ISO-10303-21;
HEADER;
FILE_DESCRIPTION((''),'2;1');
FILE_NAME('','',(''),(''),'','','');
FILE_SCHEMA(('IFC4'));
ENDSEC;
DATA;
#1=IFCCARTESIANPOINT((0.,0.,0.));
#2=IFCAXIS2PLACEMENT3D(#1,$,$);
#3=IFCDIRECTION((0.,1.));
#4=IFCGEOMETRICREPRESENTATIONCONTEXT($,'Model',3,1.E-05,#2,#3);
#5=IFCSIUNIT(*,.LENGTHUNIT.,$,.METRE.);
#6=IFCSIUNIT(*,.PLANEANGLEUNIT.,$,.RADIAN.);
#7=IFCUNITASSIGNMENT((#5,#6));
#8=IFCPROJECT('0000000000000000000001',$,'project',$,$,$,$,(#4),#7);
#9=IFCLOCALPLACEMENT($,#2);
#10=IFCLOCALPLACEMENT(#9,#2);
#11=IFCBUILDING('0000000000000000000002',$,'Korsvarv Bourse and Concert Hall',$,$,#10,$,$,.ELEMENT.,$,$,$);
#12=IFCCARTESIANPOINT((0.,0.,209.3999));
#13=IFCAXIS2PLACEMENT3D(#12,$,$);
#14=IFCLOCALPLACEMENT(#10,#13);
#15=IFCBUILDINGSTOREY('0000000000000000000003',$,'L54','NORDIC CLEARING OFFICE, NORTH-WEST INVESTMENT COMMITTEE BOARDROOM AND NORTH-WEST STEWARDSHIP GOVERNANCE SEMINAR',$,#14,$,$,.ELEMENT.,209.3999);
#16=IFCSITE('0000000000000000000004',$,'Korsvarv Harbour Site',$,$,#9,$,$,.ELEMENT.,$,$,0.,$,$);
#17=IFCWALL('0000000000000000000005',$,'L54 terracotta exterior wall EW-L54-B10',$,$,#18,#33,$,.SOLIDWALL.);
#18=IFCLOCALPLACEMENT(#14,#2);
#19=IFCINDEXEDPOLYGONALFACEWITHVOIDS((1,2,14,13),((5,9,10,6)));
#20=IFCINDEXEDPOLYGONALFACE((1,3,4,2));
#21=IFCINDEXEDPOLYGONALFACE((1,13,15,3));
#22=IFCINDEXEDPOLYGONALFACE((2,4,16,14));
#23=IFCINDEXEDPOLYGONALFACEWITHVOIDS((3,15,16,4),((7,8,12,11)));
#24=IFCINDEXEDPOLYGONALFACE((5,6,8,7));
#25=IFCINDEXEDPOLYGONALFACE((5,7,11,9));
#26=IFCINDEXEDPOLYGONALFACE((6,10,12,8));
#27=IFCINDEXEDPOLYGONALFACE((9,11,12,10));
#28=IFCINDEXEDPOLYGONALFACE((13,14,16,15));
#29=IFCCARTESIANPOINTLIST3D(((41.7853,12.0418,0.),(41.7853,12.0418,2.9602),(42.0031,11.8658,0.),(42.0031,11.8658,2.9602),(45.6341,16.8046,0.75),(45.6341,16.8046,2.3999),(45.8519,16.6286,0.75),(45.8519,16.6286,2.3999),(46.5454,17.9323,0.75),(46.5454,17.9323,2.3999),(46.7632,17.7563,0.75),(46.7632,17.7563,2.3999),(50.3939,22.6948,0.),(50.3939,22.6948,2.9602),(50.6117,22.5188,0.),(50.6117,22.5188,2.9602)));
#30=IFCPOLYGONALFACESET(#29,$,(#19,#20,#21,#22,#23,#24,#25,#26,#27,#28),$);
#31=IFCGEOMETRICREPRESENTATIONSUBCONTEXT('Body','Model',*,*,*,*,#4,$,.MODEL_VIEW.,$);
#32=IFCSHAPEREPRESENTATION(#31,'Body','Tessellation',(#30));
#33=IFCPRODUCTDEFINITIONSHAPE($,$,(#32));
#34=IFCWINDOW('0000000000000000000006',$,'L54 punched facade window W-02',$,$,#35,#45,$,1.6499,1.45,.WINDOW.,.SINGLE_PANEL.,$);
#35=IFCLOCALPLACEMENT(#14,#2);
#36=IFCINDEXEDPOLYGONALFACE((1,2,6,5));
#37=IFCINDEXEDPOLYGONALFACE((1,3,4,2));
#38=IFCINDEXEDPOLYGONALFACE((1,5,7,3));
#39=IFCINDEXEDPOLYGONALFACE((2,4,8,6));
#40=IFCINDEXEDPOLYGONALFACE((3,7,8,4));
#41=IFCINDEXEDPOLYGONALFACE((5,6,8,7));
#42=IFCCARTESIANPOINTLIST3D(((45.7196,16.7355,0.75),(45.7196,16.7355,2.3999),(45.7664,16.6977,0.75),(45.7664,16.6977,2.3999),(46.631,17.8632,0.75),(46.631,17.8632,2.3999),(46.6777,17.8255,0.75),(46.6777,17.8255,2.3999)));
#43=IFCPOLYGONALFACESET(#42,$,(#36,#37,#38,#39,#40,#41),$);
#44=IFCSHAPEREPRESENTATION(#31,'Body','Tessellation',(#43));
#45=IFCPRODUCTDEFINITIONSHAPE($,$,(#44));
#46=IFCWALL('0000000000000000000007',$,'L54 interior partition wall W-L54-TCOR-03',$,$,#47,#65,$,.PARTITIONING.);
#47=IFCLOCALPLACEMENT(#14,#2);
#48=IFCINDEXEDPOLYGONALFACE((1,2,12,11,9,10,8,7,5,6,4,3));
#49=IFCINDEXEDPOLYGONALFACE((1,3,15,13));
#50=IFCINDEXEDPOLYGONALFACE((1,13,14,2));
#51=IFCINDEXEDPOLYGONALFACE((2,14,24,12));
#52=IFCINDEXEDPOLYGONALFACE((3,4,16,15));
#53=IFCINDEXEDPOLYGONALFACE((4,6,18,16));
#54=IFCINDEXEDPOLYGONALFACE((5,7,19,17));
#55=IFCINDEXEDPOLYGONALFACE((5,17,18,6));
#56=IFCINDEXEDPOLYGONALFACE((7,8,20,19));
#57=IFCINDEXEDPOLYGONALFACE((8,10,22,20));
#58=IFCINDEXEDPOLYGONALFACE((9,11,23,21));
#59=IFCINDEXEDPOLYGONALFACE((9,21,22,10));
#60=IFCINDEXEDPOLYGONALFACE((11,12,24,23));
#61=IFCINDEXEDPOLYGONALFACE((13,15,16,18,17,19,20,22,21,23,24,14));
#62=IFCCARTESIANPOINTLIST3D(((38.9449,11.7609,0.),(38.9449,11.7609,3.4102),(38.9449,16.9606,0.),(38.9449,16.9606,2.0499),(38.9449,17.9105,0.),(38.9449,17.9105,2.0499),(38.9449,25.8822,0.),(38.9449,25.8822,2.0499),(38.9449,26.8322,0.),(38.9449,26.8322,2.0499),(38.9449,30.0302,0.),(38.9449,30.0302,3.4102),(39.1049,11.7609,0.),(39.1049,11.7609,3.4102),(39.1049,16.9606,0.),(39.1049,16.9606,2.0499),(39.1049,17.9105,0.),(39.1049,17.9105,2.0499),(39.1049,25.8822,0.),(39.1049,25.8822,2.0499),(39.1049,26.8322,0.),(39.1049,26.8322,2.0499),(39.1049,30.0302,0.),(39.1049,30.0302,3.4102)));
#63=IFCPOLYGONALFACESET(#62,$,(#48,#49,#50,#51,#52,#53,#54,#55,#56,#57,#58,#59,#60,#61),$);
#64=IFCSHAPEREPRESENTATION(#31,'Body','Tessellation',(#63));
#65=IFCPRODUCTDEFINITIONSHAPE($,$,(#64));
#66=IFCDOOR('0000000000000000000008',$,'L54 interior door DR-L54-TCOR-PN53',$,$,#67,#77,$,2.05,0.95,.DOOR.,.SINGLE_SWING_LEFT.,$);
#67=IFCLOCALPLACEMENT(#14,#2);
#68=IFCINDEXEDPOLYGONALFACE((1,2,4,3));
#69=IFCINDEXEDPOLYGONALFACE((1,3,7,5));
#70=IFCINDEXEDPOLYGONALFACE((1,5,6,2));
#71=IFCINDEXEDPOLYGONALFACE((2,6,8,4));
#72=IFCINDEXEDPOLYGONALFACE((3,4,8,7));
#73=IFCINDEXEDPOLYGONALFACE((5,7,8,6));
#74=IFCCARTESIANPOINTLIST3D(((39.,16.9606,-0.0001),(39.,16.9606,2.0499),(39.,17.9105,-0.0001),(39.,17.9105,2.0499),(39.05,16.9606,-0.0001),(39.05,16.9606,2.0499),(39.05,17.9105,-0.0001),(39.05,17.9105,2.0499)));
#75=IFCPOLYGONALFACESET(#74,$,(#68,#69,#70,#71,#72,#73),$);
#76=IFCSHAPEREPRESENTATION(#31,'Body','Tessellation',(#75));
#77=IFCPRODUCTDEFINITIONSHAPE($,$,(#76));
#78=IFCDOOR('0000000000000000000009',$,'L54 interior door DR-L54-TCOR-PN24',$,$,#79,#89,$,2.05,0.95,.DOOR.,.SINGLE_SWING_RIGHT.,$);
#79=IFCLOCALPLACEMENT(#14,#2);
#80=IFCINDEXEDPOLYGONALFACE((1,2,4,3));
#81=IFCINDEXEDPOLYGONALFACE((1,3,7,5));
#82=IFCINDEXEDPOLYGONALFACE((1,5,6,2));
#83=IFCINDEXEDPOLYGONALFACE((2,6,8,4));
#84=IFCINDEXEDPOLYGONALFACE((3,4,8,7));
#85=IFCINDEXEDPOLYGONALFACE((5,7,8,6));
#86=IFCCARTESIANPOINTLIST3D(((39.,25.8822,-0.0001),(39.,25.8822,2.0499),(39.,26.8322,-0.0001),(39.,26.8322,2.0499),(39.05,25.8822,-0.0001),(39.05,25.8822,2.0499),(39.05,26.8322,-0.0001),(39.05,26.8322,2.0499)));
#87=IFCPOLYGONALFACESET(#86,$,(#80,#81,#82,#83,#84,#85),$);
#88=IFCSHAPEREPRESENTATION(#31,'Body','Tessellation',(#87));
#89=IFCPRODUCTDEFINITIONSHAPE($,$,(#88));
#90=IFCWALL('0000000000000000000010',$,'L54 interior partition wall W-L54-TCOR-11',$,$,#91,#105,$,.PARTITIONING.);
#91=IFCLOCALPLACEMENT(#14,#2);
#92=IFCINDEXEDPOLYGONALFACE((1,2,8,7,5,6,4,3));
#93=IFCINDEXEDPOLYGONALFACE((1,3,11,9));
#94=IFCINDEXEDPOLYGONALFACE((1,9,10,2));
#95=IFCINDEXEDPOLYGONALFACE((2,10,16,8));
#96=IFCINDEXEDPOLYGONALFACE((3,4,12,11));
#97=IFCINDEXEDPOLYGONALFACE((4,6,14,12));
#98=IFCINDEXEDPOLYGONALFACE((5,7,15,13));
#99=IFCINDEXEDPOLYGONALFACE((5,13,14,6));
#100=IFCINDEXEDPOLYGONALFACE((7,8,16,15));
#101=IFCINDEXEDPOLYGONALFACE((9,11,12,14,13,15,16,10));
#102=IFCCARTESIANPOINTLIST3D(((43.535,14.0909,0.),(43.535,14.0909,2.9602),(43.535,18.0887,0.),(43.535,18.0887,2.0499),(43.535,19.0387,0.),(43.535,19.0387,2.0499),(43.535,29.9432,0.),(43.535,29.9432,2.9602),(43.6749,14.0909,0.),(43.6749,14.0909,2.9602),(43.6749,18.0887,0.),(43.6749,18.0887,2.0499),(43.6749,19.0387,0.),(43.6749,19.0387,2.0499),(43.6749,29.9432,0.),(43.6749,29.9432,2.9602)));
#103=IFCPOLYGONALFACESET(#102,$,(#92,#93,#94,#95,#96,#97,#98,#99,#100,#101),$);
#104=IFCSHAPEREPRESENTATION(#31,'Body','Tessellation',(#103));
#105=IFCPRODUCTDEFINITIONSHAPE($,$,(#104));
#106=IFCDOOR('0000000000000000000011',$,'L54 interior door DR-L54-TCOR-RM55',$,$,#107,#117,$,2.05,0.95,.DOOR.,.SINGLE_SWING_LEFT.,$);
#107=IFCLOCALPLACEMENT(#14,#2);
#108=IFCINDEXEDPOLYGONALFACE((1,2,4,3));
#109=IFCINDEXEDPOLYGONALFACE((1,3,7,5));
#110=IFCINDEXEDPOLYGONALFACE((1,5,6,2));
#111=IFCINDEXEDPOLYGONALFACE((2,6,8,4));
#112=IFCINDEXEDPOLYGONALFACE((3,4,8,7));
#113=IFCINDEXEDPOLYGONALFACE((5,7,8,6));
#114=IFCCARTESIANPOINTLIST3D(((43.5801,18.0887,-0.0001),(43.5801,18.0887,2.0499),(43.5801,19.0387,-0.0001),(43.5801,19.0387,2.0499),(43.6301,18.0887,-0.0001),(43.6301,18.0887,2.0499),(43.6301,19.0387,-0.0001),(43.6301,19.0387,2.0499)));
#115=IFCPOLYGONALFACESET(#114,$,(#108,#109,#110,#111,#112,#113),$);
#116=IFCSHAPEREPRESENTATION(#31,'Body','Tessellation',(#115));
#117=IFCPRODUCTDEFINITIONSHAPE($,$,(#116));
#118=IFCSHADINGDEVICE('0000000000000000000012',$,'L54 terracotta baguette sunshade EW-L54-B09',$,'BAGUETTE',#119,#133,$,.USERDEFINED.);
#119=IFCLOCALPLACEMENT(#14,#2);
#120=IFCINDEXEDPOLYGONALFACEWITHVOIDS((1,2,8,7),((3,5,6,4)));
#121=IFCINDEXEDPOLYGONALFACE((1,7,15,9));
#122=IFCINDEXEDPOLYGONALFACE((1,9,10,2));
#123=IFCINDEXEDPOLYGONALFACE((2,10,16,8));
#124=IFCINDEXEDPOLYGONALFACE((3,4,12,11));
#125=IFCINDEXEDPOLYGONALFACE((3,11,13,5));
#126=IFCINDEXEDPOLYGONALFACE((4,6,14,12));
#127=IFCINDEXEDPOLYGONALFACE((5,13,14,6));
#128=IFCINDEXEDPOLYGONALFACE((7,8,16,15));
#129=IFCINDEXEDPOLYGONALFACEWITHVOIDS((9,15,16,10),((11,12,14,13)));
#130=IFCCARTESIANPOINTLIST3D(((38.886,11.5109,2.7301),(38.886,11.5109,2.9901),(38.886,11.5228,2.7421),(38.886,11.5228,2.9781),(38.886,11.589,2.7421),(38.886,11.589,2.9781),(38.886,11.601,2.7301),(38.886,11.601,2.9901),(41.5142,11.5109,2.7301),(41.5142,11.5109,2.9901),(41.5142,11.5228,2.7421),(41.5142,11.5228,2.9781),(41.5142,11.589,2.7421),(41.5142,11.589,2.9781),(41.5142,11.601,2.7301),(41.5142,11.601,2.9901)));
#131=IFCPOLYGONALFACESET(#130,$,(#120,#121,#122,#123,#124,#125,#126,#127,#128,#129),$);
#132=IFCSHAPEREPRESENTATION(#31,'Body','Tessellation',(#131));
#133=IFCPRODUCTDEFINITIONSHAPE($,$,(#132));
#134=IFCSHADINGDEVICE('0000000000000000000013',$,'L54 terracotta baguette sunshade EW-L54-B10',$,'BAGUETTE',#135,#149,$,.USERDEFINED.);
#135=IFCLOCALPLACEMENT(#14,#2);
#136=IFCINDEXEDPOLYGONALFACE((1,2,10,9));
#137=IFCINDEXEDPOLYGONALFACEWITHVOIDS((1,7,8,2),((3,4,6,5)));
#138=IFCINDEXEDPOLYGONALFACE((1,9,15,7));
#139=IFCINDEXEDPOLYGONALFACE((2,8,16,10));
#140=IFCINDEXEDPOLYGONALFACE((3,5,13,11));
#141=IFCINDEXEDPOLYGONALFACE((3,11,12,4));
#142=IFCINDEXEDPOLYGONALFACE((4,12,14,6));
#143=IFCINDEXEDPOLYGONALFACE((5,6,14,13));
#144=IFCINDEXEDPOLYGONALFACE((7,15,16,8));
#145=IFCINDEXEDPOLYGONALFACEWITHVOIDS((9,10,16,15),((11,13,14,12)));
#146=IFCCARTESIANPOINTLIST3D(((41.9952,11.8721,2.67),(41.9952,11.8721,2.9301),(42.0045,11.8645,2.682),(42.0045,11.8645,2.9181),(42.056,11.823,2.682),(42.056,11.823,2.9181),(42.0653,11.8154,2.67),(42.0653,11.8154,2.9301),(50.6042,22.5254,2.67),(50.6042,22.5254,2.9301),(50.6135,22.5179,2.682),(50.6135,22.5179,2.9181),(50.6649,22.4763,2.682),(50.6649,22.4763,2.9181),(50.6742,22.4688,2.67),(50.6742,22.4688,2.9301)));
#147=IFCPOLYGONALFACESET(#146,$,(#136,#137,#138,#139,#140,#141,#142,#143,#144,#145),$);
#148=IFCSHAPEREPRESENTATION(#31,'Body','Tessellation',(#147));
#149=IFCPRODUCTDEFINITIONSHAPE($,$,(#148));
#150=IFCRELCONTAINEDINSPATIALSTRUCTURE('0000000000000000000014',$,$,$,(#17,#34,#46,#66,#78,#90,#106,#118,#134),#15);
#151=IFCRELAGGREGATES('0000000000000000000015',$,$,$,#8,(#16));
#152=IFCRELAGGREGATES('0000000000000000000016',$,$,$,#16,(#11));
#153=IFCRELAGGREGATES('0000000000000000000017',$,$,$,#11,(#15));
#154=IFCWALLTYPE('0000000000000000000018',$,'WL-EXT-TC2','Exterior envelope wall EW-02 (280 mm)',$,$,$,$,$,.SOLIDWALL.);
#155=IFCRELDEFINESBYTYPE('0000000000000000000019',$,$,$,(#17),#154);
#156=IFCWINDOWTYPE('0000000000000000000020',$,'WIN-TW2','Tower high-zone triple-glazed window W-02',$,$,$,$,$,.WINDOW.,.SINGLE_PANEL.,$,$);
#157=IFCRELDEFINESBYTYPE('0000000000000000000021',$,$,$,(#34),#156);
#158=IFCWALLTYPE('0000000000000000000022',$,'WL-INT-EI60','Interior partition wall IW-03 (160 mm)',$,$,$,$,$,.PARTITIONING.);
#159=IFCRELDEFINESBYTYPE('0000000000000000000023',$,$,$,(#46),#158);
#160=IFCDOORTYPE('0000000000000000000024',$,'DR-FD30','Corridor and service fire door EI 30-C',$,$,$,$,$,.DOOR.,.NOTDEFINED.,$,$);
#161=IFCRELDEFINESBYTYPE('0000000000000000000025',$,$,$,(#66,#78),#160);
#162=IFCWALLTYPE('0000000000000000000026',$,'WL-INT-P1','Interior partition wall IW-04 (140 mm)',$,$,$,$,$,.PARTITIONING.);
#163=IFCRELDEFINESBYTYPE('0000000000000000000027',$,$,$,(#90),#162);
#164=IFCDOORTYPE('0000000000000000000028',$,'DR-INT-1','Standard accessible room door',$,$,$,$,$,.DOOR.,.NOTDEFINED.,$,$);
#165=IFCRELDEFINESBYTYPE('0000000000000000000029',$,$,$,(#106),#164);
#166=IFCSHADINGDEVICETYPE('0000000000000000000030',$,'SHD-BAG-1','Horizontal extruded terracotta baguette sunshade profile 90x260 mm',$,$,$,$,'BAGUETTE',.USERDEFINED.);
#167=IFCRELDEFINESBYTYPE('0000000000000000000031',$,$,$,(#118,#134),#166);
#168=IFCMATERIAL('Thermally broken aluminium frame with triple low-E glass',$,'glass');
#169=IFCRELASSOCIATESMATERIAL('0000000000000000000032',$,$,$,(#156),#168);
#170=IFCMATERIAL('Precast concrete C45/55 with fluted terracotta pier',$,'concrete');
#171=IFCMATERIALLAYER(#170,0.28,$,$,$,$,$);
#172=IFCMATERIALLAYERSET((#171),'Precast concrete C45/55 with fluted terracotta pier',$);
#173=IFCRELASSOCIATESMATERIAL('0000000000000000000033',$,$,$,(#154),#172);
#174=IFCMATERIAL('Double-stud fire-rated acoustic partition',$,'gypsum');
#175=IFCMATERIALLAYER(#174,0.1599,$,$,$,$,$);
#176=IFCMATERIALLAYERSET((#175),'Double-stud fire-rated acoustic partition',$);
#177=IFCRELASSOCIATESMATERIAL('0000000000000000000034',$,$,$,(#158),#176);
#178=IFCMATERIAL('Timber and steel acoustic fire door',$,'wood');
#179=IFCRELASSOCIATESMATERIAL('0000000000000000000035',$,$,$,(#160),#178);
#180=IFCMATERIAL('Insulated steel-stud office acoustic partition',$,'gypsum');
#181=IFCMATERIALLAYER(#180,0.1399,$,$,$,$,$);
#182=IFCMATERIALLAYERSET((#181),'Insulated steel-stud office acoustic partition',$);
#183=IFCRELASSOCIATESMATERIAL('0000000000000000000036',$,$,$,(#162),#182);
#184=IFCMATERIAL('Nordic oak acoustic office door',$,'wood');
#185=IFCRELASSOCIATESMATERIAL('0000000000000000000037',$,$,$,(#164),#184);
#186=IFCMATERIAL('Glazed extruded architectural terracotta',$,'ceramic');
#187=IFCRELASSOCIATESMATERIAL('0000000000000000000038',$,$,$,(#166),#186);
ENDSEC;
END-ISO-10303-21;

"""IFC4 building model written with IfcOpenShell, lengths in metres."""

from ifc_helpers import new_model, si_unit, direction, frame, frame_2d, origin, origin_2d, place, context, subcontext, project, spatial, rectangle, hollow_rectangle, extrude, source, transform, mapped, material, layer, layer_set, material_profile, profile_set, type_object, element, fill, save


model = new_model("IFC4")

# Units and contexts
model_context = context("Model", 3, precision=1e-05, world=origin(), true_north=direction((0.0, 1.0)))
body_context = subcontext(model_context, "Body", "Model", "MODEL_VIEW")
ifc_project = project(units=[si_unit("LENGTHUNIT", "METRE"), si_unit("PLANEANGLEUNIT", "RADIAN")], contexts=[model_context])

# Site, building, storey
site_placement = place(None, origin())
site = spatial("IfcSite", under=ifc_project, at=site_placement, Name="Korsvarv Harbour Site", CompositionType="ELEMENT", RefElevation=0.0)
building_placement = place(site_placement, origin())
building = spatial("IfcBuilding", under=site, at=building_placement, Name="Korsvarv Bourse and Concert Hall", CompositionType="ELEMENT")
storey_placement = place(building_placement, frame((0.0, 0.0, 209.3999)))
storey = spatial("IfcBuildingStorey", under=building, at=storey_placement, Name="L54", Description="NORDIC CLEARING OFFICE, NORTH-WEST INVESTMENT COMMITTEE BOARDROOM AND NORTH-WEST STEWARDSHIP GOVERNANCE SEMINAR", CompositionType="ELEMENT", Elevation=209.3999)

# Wall, opening, window
ifc_material_1 = material(Name="Thermally broken aluminium frame with triple low-E glass", Category="glass")
window_type = type_object("IfcWindowType", Name="WIN-TW2", Description="Tower high-zone triple-glazed window W-02", PartitioningType="SINGLE_PANEL", PredefinedType="WINDOW", material=ifc_material_1)
ifc_material_2 = material(Name="Precast concrete C45/55 with fluted terracotta pier", Category="concrete")
ifc_layer_1 = layer(ifc_material_2, 0.28)
ifc_layer_set_1 = layer_set([ifc_layer_1], Name="Precast concrete C45/55 with fluted terracotta pier")
wall_type_1 = type_object("IfcWallType", Name="WL-EXT-TC2", Description="Exterior envelope wall EW-02 (280 mm)", PredefinedType="SOLIDWALL", material=ifc_layer_set_1)
wall_1_placement = place(storey_placement, frame((41.8943, 11.9539, 0.0), z_axis=(0.0, 0.0, 1.0), x_axis=(0.628524, 0.77779, 0.0)))
wall_1 = element("IfcWall", 1, at=wall_1_placement, inside=storey, type_object=wall_type_1, Name="L54 terracotta exterior wall EW-L54-B10", PredefinedType="SOLIDWALL", context=body_context, shape_type="SweptSolid", body=[
    extrude(rectangle(XDim=13.6965, YDim=0.28, at=frame_2d((6.8481, 0.0))), origin(), (0.0, 0.0, 1.0), 2.9602),
])
opening_1_placement = place(wall_1_placement, frame((6.1233, 0.0, 0.75)))
opening_1 = element("IfcOpeningElement", 2, at=opening_1_placement, cuts=wall_1, PredefinedType="OPENING", context=body_context, shape_type="SweptSolid", body=[
    extrude(rectangle(XDim=1.45, YDim=1.6499, at=frame_2d((0.7251, 0.825))), frame((0.0, 0.1499, 0.0), z_axis=(0.0, -1.0, 0.0), x_axis=(1.0, 0.0, 0.0)), (0.0, 0.0, 1.0), 0.3),
])
window_1_placement = place(opening_1_placement, origin())
window_1 = element("IfcWindow", 3, at=window_1_placement, inside=storey, type_object=window_type, Name="L54 punched facade window W-02", OverallHeight=1.6499, OverallWidth=1.45, PartitioningType="SINGLE_PANEL", PredefinedType="WINDOW", context=body_context, shape_type="SweptSolid", body=[
    extrude(rectangle(XDim=1.45, YDim=1.6499, at=frame_2d((0.7251, 0.825))), frame((0.0, 0.03, 0.0), z_axis=(0.0, -1.0, 0.0), x_axis=(1.0, 0.0, 0.0)), (0.0, 0.0, 1.0), 0.0601),
])
fill(opening_1, window_1)

# Wall, openings, doors
ifc_material_3 = material(Name="Double-stud fire-rated acoustic partition", Category="gypsum")
ifc_layer_2 = layer(ifc_material_3, 0.1599)
ifc_layer_set_2 = layer_set([ifc_layer_2], Name="Double-stud fire-rated acoustic partition")
wall_type_2 = type_object("IfcWallType", Name="WL-INT-EI60", Description="Interior partition wall IW-03 (160 mm)", PredefinedType="PARTITIONING", material=ifc_layer_set_2)
wall_2_placement = place(storey_placement, frame((39.0249, 11.7607, 0.0), z_axis=(0.0, 0.0, 1.0), x_axis=(0.0, 1.0, 0.0)))
wall_2 = element("IfcWall", 4, at=wall_2_placement, inside=storey, type_object=wall_type_2, Name="L54 interior partition wall W-L54-TCOR-03", PredefinedType="PARTITIONING", context=body_context, shape_type="SweptSolid", body=[
    extrude(rectangle(XDim=18.2693, YDim=0.1599, at=frame_2d((9.1348, 0.0))), origin(), (0.0, 0.0, 1.0), 3.4102),
])
opening_2_placement = place(wall_2_placement, frame((5.1997, 0.0, 0.0)))
opening_2 = element("IfcOpeningElement", 5, at=opening_2_placement, cuts=wall_2, PredefinedType="OPENING", context=body_context, shape_type="SweptSolid", body=[
    extrude(rectangle(XDim=0.95, YDim=2.05, at=frame_2d((0.4751, 1.0249))), frame((0.0, 0.0898, 0.0), z_axis=(0.0, -1.0, 0.0), x_axis=(1.0, 0.0, 0.0)), (0.0, 0.0, 1.0), 0.1799),
])
opening_3_placement = place(wall_2_placement, frame((14.1213, 0.0, 0.0)))
opening_3 = element("IfcOpeningElement", 6, at=opening_3_placement, cuts=wall_2, PredefinedType="OPENING", context=body_context, shape_type="SweptSolid", body=[
    extrude(rectangle(XDim=0.95, YDim=2.05, at=frame_2d((0.4751, 1.0249))), frame((0.0, 0.0898, 0.0), z_axis=(0.0, -1.0, 0.0), x_axis=(1.0, 0.0, 0.0)), (0.0, 0.0, 1.0), 0.1799),
])
ifc_material_4 = material(Name="Timber and steel acoustic fire door", Category="wood")
door_type_1 = type_object("IfcDoorType", Name="DR-FD30", Description="Corridor and service fire door EI 30-C", OperationType="NOTDEFINED", PredefinedType="DOOR", material=ifc_material_4)
door_1_placement = place(opening_2_placement, origin())
door_1 = element("IfcDoor", 7, at=door_1_placement, inside=storey, type_object=door_type_1, Name="L54 interior door DR-L54-TCOR-PN53", OperationType="SINGLE_SWING_LEFT", OverallHeight=2.05, OverallWidth=0.95, PredefinedType="DOOR", context=body_context, shape_type="SweptSolid", body=[
    extrude(rectangle(XDim=0.95, YDim=2.05, at=frame_2d((0.4751, 1.0249))), frame((0.0, 0.0249, 0.0), z_axis=(0.0, -1.0, 0.0), x_axis=(1.0, 0.0, 0.0)), (0.0, 0.0, 1.0), 0.05),
])
fill(opening_2, door_1)
door_2_placement = place(opening_3_placement, origin())
door_2 = element("IfcDoor", 8, at=door_2_placement, inside=storey, type_object=door_type_1, Name="L54 interior door DR-L54-TCOR-PN24", OperationType="SINGLE_SWING_RIGHT", OverallHeight=2.05, OverallWidth=0.95, PredefinedType="DOOR", context=body_context, shape_type="SweptSolid", body=[
    extrude(rectangle(XDim=0.95, YDim=2.05, at=frame_2d((0.4751, 1.0249))), frame((0.0, 0.0249, 0.0), z_axis=(0.0, -1.0, 0.0), x_axis=(1.0, 0.0, 0.0)), (0.0, 0.0, 1.0), 0.05),
])
fill(opening_3, door_2)

# Wall, opening, door
ifc_material_5 = material(Name="Insulated steel-stud office acoustic partition", Category="gypsum")
ifc_layer_3 = layer(ifc_material_5, 0.1399)
ifc_layer_set_3 = layer_set([ifc_layer_3], Name="Insulated steel-stud office acoustic partition")
wall_type_3 = type_object("IfcWallType", Name="WL-INT-P1", Description="Interior partition wall IW-04 (140 mm)", PredefinedType="PARTITIONING", material=ifc_layer_set_3)
wall_3_placement = place(storey_placement, frame((43.605, 14.0908, 0.0), z_axis=(0.0, 0.0, 1.0), x_axis=(0.0, 1.0, 0.0)))
wall_3 = element("IfcWall", 9, at=wall_3_placement, inside=storey, type_object=wall_type_3, Name="L54 interior partition wall W-L54-TCOR-11", PredefinedType="PARTITIONING", context=body_context, shape_type="SweptSolid", body=[
    extrude(rectangle(XDim=15.8523, YDim=0.1399, at=frame_2d((7.9263, 0.0))), origin(), (0.0, 0.0, 1.0), 2.9602),
])
opening_4_placement = place(wall_3_placement, frame((3.9978, 0.0, 0.0)))
opening_4 = element("IfcOpeningElement", 10, at=opening_4_placement, cuts=wall_3, PredefinedType="OPENING", context=body_context, shape_type="SweptSolid", body=[
    extrude(rectangle(XDim=0.95, YDim=2.05, at=frame_2d((0.4751, 1.0249))), frame((0.0, 0.0801, 0.0), z_axis=(0.0, -1.0, 0.0), x_axis=(1.0, 0.0, 0.0)), (0.0, 0.0, 1.0), 0.1599),
])
ifc_material_6 = material(Name="Nordic oak acoustic office door", Category="wood")
door_type_2 = type_object("IfcDoorType", Name="DR-INT-1", Description="Standard accessible room door", OperationType="NOTDEFINED", PredefinedType="DOOR", material=ifc_material_6)
door_3_placement = place(opening_4_placement, origin())
door_3 = element("IfcDoor", 11, at=door_3_placement, inside=storey, type_object=door_type_2, Name="L54 interior door DR-L54-TCOR-RM55", OperationType="SINGLE_SWING_LEFT", OverallHeight=2.05, OverallWidth=0.95, PredefinedType="DOOR", context=body_context, shape_type="SweptSolid", body=[
    extrude(rectangle(XDim=0.95, YDim=2.05, at=frame_2d((0.4751, 1.0249))), frame((0.0, 0.0249, 0.0), z_axis=(0.0, -1.0, 0.0), x_axis=(1.0, 0.0, 0.0)), (0.0, 0.0, 1.0), 0.05),
])
fill(opening_4, door_3)

# Shading devices
ifc_material_7 = material(Name="Glazed extruded architectural terracotta", Category="ceramic")
ifc_material_profile_1 = material_profile(ifc_material_7, hollow_rectangle(XDim=0.0901, YDim=0.26, WallThickness=0.012, at=origin_2d()), Name="TC-BAG 90x260")
ifc_profile_set_1 = profile_set([ifc_material_profile_1], Name="Glazed extruded architectural terracotta")
shading_device_type = type_object("IfcShadingDeviceType", Name="SHD-BAG-1", Description="Horizontal extruded terracotta baguette sunshade profile 90x260 mm", ElementType="BAGUETTE", PredefinedType="USERDEFINED", material=ifc_profile_set_1)
shared_shape_1 = source(origin(), body_context, "Body", "SweptSolid", [
    extrude(hollow_rectangle(XDim=0.0901, YDim=0.26, WallThickness=0.012, at=origin_2d()), origin(), (0.0, 0.0, 1.0), 2.6282),
])
shading_device_1_placement = place(storey_placement, frame((38.886, 11.5559, 2.8601), z_axis=(1.0, 0.0, 0.0), x_axis=(0.0, 1.0, 0.0)))
element("IfcShadingDevice", 12, at=shading_device_1_placement, inside=storey, type_object=shading_device_type, Name="L54 terracotta baguette sunshade EW-L54-B09", ObjectType="BAGUETTE", PredefinedType="USERDEFINED", context=body_context, shape_type="MappedRepresentation", body=[
    mapped(shared_shape_1, transform((0.0, 0.0, 0.0), scale=1.0)),
])
shared_shape_2 = source(origin(), body_context, "Body", "SweptSolid", [
    extrude(hollow_rectangle(XDim=0.0901, YDim=0.26, WallThickness=0.012, at=origin_2d()), origin(), (0.0, 0.0, 1.0), 13.697),
])
shading_device_2_placement = place(storey_placement, frame((42.0303, 11.8438, 2.8), z_axis=(0.628526, 0.777788, 0.0), x_axis=(-0.777788, 0.628526, 0.0)))
element("IfcShadingDevice", 13, at=shading_device_2_placement, inside=storey, type_object=shading_device_type, Name="L54 terracotta baguette sunshade EW-L54-B10", ObjectType="BAGUETTE", PredefinedType="USERDEFINED", context=body_context, shape_type="MappedRepresentation", body=[
    mapped(shared_shape_2, transform((0.0, 0.0, 0.0), scale=1.0)),
])

save(model, "model.ifc")
